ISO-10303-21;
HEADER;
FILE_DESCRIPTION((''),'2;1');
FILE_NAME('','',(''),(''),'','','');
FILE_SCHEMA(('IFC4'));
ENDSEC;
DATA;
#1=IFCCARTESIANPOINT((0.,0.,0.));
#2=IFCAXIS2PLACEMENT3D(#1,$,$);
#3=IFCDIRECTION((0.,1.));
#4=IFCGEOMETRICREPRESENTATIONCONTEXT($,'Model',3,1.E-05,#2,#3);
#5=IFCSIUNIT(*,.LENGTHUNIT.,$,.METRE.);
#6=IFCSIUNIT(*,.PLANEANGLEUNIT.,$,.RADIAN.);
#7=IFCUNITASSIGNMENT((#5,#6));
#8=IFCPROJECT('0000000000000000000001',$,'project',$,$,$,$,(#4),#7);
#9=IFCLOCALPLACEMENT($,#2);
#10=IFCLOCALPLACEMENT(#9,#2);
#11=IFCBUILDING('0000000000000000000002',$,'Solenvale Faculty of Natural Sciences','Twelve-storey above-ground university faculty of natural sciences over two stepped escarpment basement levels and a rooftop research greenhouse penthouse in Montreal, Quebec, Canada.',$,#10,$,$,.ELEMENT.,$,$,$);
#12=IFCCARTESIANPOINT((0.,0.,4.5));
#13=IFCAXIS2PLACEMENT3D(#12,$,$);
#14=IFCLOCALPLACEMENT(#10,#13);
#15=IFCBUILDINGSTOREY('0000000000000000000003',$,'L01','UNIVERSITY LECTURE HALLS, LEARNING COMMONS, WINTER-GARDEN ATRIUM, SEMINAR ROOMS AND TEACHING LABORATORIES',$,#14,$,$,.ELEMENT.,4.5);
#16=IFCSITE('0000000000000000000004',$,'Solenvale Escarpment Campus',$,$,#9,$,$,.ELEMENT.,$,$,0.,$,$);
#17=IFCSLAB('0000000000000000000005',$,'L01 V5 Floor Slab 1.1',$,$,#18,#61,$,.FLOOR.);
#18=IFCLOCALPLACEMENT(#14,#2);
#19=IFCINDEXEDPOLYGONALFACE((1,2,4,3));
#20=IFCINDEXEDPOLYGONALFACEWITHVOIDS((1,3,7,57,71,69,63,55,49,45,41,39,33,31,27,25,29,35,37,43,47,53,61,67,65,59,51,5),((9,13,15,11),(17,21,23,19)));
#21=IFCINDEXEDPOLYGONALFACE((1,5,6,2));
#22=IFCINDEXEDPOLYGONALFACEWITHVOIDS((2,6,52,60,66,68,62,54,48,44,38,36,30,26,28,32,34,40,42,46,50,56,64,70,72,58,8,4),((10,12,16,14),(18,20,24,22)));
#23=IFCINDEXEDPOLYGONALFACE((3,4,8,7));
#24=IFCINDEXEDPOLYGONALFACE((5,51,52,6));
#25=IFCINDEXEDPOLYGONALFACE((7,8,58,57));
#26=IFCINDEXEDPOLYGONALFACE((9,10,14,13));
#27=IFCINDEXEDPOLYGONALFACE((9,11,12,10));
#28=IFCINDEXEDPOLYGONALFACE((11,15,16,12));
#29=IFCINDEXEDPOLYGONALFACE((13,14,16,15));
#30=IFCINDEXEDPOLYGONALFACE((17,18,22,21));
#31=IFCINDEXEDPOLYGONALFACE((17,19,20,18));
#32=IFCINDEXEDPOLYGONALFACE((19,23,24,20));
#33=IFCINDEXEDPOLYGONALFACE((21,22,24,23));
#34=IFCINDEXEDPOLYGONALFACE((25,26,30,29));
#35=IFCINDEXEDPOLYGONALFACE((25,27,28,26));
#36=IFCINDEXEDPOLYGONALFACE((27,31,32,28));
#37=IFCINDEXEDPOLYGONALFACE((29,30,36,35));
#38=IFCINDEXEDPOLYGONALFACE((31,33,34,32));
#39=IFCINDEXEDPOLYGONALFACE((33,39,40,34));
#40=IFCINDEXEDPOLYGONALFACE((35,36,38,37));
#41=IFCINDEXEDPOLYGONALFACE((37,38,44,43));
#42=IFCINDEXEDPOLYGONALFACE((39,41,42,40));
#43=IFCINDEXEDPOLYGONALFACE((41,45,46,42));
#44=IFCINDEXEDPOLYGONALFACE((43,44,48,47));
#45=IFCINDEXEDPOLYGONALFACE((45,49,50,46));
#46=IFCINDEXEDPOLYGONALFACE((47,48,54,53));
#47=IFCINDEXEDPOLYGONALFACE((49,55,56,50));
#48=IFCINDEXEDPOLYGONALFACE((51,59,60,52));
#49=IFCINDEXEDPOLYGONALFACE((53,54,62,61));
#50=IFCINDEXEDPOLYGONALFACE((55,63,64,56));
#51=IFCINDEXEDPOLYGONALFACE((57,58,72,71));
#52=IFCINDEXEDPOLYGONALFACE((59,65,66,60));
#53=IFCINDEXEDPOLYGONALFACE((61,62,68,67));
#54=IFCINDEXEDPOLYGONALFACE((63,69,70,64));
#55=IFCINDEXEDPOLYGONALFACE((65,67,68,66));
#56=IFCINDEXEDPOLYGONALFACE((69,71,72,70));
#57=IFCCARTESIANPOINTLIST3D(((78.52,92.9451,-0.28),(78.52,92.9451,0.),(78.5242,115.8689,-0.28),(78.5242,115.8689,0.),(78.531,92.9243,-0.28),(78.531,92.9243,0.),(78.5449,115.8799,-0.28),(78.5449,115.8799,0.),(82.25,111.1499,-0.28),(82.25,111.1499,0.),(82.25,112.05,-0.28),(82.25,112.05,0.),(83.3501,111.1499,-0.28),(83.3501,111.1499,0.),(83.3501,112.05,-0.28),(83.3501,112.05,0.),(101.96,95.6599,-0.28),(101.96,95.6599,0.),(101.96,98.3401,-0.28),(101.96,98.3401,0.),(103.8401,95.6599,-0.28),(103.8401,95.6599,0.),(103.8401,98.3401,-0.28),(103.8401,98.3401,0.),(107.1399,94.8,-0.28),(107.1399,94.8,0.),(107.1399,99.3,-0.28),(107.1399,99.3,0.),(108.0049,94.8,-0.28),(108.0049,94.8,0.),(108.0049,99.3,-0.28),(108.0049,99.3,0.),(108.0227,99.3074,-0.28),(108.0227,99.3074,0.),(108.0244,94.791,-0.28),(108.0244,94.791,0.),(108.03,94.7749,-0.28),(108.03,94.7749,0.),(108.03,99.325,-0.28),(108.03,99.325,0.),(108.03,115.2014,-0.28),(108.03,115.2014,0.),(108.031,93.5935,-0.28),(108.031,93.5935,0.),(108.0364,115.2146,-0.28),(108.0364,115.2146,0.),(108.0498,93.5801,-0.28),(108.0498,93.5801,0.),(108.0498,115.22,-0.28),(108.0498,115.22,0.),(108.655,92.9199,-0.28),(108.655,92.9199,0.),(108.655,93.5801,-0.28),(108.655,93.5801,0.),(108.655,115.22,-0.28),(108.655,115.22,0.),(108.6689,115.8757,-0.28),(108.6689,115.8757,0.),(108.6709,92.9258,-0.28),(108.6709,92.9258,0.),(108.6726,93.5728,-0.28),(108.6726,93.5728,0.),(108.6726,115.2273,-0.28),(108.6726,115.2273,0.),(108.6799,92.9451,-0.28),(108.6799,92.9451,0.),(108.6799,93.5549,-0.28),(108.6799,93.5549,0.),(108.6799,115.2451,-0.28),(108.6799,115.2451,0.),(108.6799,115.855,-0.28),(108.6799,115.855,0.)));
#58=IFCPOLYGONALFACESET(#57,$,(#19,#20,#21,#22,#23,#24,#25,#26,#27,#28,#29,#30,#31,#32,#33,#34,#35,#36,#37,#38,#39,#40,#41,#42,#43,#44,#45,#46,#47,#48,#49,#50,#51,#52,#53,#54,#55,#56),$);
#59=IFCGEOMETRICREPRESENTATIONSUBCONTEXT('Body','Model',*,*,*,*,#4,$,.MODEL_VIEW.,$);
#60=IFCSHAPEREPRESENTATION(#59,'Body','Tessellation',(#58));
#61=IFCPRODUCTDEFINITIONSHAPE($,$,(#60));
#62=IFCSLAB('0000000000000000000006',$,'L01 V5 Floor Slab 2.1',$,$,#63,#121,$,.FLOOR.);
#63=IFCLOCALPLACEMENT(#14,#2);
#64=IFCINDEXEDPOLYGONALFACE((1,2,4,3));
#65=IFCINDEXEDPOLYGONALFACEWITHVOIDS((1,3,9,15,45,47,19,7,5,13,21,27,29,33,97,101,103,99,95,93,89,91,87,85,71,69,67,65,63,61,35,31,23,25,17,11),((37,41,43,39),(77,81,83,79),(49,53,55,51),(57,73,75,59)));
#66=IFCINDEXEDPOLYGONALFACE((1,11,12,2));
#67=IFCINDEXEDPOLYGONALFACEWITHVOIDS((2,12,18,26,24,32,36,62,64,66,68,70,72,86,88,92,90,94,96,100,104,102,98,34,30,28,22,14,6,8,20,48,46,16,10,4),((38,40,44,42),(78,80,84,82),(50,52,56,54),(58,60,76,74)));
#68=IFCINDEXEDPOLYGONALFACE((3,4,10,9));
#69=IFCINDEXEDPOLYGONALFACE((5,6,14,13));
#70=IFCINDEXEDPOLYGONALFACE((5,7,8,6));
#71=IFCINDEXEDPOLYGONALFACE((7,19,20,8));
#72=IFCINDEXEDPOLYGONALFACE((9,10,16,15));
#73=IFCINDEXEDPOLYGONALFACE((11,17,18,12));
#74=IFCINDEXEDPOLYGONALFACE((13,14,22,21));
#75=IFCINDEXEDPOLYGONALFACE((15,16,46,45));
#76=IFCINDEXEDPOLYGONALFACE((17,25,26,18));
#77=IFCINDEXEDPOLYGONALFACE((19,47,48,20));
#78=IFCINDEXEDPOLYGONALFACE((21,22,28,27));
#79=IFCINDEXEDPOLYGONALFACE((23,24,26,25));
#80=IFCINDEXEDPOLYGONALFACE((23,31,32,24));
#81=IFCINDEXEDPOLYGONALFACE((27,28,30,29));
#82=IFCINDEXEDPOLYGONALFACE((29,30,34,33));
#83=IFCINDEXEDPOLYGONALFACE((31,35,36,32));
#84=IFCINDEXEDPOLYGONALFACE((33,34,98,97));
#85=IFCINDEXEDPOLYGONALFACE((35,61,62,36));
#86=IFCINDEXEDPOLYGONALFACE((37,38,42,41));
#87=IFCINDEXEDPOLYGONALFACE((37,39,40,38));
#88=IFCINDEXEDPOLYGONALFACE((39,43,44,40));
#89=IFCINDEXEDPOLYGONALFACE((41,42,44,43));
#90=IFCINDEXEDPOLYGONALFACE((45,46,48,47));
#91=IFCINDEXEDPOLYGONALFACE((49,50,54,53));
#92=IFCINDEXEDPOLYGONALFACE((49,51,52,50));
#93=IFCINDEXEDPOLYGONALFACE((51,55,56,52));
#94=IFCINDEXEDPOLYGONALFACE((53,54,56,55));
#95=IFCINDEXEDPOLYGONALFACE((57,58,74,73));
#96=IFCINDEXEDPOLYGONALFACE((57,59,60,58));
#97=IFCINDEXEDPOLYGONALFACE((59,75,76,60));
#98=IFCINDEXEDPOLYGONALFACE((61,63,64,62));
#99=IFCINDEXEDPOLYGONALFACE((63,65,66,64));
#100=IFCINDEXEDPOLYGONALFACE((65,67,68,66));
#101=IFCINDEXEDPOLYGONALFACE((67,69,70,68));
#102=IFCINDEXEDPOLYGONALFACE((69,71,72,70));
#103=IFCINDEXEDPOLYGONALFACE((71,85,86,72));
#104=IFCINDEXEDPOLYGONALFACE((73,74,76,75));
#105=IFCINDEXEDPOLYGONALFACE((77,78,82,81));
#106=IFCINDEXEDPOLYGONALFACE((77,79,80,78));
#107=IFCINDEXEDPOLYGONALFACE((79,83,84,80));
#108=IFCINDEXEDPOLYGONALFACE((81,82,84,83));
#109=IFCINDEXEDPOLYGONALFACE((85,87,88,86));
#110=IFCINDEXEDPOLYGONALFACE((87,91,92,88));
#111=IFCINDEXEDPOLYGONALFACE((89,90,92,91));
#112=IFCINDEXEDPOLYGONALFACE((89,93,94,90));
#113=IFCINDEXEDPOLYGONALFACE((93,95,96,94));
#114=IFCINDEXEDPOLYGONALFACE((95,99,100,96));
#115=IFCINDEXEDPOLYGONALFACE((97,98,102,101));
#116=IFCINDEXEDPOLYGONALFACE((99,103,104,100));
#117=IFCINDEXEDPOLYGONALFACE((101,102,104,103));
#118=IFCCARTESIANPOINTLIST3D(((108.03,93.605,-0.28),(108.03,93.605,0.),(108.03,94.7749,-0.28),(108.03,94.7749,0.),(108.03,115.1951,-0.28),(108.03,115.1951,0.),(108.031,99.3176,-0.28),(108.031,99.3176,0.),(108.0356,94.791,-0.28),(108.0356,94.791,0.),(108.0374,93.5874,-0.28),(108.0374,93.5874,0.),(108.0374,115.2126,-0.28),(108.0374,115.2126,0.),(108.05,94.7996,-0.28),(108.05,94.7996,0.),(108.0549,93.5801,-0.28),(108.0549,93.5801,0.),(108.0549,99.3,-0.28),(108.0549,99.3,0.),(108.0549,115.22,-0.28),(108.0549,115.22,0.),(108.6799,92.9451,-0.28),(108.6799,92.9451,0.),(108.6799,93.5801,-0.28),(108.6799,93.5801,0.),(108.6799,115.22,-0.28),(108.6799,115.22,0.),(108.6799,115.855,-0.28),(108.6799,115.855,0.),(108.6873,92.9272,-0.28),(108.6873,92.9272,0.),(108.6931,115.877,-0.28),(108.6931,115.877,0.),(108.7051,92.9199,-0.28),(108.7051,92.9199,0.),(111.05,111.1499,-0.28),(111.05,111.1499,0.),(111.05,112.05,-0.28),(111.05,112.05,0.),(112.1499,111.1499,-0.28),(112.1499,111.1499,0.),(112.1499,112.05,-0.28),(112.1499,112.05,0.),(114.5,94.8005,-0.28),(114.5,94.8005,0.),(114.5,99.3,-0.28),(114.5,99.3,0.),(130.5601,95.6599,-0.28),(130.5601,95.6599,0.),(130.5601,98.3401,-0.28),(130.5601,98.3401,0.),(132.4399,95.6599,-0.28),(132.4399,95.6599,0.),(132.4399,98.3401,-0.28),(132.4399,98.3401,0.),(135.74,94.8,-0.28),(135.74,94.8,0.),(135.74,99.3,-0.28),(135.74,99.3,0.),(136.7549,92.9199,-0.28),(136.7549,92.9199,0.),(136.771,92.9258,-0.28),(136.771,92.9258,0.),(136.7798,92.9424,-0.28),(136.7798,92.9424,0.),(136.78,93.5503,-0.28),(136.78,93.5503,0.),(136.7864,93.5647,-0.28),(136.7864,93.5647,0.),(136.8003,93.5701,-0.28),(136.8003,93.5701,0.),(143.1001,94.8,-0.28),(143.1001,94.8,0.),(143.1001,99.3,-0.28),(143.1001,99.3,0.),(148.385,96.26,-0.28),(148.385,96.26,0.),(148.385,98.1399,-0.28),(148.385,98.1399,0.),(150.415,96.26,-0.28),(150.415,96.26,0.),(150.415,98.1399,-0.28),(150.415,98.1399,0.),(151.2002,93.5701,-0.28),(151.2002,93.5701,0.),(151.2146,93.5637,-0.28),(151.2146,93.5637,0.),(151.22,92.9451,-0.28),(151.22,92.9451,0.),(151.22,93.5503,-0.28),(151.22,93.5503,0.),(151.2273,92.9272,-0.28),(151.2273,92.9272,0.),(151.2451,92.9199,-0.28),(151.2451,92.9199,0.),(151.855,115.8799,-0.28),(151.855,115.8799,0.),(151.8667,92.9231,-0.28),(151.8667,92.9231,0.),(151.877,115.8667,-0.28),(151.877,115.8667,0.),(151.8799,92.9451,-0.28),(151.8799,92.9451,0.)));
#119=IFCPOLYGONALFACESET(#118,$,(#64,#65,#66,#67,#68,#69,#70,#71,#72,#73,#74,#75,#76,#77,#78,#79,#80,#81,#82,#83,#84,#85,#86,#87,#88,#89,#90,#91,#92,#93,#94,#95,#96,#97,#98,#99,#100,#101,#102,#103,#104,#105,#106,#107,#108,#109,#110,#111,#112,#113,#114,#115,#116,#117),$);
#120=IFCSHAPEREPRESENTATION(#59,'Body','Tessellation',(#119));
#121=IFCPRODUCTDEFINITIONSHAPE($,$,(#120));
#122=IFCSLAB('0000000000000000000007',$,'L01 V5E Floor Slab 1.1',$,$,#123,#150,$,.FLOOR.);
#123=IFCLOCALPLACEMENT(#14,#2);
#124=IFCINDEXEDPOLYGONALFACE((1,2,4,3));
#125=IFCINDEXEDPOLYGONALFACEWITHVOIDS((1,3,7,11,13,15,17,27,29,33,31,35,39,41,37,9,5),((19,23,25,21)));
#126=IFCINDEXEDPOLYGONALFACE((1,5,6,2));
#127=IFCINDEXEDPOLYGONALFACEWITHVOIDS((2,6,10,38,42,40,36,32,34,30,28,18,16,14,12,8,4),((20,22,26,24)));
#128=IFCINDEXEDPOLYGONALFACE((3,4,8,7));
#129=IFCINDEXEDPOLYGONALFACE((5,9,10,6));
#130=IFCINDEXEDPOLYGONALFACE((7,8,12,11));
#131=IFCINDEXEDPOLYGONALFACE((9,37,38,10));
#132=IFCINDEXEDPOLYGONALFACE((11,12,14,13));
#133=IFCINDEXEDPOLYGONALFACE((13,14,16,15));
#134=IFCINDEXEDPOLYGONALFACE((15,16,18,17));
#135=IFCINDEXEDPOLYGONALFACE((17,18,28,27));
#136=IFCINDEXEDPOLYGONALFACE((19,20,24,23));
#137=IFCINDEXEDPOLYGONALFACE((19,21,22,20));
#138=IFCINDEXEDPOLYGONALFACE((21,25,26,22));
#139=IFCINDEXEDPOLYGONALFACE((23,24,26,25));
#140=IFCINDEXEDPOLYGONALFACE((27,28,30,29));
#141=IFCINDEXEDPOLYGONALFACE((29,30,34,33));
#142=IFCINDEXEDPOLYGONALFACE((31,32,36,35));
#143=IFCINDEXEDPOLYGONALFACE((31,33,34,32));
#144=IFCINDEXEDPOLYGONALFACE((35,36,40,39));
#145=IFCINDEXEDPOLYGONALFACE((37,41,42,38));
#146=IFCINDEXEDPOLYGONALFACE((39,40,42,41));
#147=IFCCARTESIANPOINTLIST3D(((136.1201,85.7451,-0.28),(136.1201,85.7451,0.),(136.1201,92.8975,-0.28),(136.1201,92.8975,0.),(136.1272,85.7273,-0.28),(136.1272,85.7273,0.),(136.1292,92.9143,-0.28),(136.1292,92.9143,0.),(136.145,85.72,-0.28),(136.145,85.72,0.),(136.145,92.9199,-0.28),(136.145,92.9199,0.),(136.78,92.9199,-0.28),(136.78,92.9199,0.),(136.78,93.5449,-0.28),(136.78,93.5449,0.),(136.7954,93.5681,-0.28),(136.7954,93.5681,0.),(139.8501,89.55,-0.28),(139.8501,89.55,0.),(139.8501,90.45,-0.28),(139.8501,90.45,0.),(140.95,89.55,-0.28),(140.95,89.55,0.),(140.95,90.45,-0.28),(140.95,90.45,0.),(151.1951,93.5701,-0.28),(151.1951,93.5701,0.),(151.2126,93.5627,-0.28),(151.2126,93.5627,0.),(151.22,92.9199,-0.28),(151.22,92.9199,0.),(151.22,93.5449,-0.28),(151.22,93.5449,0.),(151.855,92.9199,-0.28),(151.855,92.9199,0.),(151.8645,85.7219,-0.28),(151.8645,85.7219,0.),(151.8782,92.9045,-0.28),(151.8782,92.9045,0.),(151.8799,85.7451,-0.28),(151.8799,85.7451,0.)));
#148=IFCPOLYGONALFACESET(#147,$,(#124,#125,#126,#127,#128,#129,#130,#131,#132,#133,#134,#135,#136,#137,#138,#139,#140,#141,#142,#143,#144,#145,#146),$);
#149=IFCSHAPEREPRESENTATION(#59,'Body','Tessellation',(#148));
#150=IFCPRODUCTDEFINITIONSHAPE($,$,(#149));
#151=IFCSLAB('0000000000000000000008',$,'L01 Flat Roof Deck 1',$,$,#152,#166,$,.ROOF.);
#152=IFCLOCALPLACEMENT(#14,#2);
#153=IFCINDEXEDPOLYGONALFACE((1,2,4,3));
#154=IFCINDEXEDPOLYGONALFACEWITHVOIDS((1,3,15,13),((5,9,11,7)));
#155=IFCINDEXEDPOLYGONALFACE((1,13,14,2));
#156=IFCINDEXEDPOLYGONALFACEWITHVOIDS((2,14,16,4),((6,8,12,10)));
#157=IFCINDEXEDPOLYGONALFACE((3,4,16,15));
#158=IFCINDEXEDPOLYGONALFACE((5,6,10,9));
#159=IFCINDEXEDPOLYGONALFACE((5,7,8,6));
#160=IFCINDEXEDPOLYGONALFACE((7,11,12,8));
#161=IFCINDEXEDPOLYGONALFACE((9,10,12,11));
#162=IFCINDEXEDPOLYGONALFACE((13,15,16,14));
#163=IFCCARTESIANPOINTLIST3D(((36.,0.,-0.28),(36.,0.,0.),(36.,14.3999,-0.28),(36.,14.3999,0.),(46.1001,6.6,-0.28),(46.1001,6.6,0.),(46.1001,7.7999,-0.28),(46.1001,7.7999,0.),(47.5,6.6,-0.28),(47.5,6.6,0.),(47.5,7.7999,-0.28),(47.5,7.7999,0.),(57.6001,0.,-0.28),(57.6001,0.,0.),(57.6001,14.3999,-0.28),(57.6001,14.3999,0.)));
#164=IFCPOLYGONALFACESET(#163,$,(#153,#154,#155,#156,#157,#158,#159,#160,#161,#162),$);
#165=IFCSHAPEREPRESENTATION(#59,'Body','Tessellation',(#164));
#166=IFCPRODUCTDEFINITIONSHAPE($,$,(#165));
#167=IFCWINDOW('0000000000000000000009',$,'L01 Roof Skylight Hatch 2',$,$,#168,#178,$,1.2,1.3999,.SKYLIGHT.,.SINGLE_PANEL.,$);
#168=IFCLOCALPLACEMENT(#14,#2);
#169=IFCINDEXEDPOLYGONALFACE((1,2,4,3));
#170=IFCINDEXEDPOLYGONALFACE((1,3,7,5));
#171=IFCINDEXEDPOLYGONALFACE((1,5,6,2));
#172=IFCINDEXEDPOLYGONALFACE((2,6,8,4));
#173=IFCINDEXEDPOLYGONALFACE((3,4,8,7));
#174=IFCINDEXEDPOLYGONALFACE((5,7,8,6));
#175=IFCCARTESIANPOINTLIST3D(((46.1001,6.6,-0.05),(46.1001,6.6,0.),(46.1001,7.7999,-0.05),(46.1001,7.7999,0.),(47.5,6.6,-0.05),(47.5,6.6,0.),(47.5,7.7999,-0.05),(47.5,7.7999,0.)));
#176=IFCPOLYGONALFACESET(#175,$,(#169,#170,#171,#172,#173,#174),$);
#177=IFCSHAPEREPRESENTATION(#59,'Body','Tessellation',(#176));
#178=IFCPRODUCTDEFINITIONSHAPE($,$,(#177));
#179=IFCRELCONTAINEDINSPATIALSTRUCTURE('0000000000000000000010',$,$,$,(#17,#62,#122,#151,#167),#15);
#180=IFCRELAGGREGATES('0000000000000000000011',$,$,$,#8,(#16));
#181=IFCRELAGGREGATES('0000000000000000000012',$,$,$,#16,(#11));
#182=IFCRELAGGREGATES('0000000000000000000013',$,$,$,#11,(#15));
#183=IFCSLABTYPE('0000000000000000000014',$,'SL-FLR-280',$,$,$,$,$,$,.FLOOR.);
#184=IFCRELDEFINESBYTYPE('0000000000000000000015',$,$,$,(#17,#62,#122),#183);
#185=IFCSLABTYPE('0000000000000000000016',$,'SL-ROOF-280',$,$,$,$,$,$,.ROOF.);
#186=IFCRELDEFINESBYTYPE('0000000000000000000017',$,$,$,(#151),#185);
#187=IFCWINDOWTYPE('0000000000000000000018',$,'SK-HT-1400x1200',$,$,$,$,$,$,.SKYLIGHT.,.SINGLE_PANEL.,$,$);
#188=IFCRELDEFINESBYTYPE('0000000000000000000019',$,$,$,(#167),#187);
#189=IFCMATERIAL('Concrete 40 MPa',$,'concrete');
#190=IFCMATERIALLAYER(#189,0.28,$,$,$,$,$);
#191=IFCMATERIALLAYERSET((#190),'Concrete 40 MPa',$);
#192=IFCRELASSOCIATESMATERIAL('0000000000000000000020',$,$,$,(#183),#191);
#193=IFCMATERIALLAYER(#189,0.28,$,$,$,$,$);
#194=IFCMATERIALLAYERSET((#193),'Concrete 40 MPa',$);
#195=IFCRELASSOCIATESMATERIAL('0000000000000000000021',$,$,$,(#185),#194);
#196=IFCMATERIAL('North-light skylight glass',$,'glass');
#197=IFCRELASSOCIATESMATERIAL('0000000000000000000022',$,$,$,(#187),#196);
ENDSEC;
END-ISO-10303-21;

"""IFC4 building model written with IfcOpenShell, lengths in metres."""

from ifc_helpers import new_model, si_unit, direction, frame, origin, origin_2d, place, context, subcontext, project, spatial, polyline, rectangle, outline, extrude, material, layer, layer_set, type_object, element, fill, save


model = new_model("IFC4")

# Units and contexts
model_context = context("Model", 3, precision=1e-05, world=origin(), true_north=direction((0.0, 1.0)))
body_context = subcontext(model_context, "Body", "Model", "MODEL_VIEW")
ifc_project = project(units=[si_unit("LENGTHUNIT", "METRE"), si_unit("PLANEANGLEUNIT", "RADIAN")], contexts=[model_context])

# Site, building, storey
site_placement = place(None, origin())
site = spatial("IfcSite", under=ifc_project, at=site_placement, Name="Solenvale Escarpment Campus", CompositionType="ELEMENT", RefElevation=0.0)
building_placement = place(site_placement, origin())
building = spatial("IfcBuilding", under=site, at=building_placement, Name="Solenvale Faculty of Natural Sciences", Description="Twelve-storey above-ground university faculty of natural sciences over two stepped escarpment basement levels and a rooftop research greenhouse penthouse in Montreal, Quebec, Canada.", CompositionType="ELEMENT")
storey_placement = place(building_placement, frame((0.0, 0.0, 4.5)))
storey = spatial("IfcBuildingStorey", under=building, at=storey_placement, Name="L01", Description="UNIVERSITY LECTURE HALLS, LEARNING COMMONS, WINTER-GARDEN ATRIUM, SEMINAR ROOMS AND TEACHING LABORATORIES", CompositionType="ELEMENT", Elevation=4.5)

# Slabs
ifc_material_1 = material(Name="Concrete 40 MPa", Category="concrete")
ifc_layer_1 = layer(ifc_material_1, 0.28)
ifc_layer_set_1 = layer_set([ifc_layer_1], Name="Concrete 40 MPa")
slab_type_1 = type_object("IfcSlabType", Name="SL-FLR-280", PredefinedType="FLOOR", material=ifc_layer_set_1)
slab_1_placement = place(storey_placement, frame((0.0, 0.0, -0.28)))
element("IfcSlab", 1, at=slab_1_placement, inside=storey, type_object=slab_type_1, Name="L01 V5 Floor Slab 1.1", PredefinedType="FLOOR", context=body_context, shape_type="SweptSolid", body=[
    extrude(outline(polyline([(107.1399, 94.8), (108.0049, 94.8), (108.0244, 94.791), (108.03, 94.7749), (108.031, 93.5935), (108.0498, 93.5801), (108.655, 93.5801), (108.6726, 93.5728), (108.6799, 93.5549), (108.6799, 92.9451), (108.6709, 92.9258), (108.655, 92.9199), (78.531, 92.9243), (78.52, 92.9451), (78.5242, 115.8689), (78.5449, 115.8799), (108.6689, 115.8757), (108.6799, 115.855), (108.6799, 115.2451), (108.6726, 115.2273), (108.655, 115.22), (108.0498, 115.22), (108.0364, 115.2146), (108.03, 115.2014), (108.03, 99.325), (108.0227, 99.3074), (108.0049, 99.3), (107.1399, 99.3), (107.1399, 94.8)]), holes=[polyline([(101.96, 95.6599), (103.8401, 95.6599), (103.8401, 98.3401), (101.96, 98.3401), (101.96, 95.6599)]), polyline([(82.25, 111.1499), (83.3501, 111.1499), (83.3501, 112.05), (82.25, 112.05), (82.25, 111.1499)])]), origin(), (0.0, 0.0, 1.0), 0.28),
])
slab_2_placement = place(storey_placement, frame((0.0, 0.0, -0.28)))
element("IfcSlab", 2, at=slab_2_placement, inside=storey, type_object=slab_type_1, Name="L01 V5 Floor Slab 2.1", PredefinedType="FLOOR", context=body_context, shape_type="SweptSolid", body=[
    extrude(outline(polyline([(108.0549, 93.5801), (108.0374, 93.5874), (108.03, 93.605), (108.03, 94.7749), (108.0356, 94.791), (108.05, 94.7996), (114.5, 94.8005), (114.5, 99.3), (108.0549, 99.3), (108.031, 99.3176), (108.03, 115.1951), (108.0374, 115.2126), (108.0549, 115.22), (108.6799, 115.22), (108.6799, 115.855), (108.6931, 115.877), (151.855, 115.8799), (151.877, 115.8667), (151.8799, 92.9451), (151.8667, 92.9231), (151.2451, 92.9199), (151.2273, 92.9272), (151.22, 92.9451), (151.22, 93.5503), (151.2146, 93.5637), (151.2002, 93.5701), (136.8003, 93.5701), (136.7864, 93.5647), (136.78, 93.5503), (136.7798, 92.9424), (136.771, 92.9258), (136.7549, 92.9199), (108.7051, 92.9199), (108.6873, 92.9272), (108.6799, 92.9451), (108.6799, 93.5801), (108.0549, 93.5801)]), holes=[polyline([(148.385, 96.26), (150.415, 96.26), (150.415, 98.1399), (148.385, 98.1399), (148.385, 96.26)]), polyline([(135.74, 94.8), (143.1001, 94.8), (143.1001, 99.3), (135.74, 99.3), (135.74, 94.8)]), polyline([(130.5601, 95.6599), (132.4399, 95.6599), (132.4399, 98.3401), (130.5601, 98.3401), (130.5601, 95.6599)]), polyline([(111.05, 111.1499), (112.1499, 111.1499), (112.1499, 112.05), (111.05, 112.05), (111.05, 111.1499)])]), origin(), (0.0, 0.0, 1.0), 0.28),
])
slab_3_placement = place(storey_placement, frame((0.0, 0.0, -0.28)))
element("IfcSlab", 3, at=slab_3_placement, inside=storey, type_object=slab_type_1, Name="L01 V5E Floor Slab 1.1", PredefinedType="FLOOR", context=body_context, shape_type="SweptSolid", body=[
    extrude(outline(polyline([(136.145, 85.72), (136.1272, 85.7273), (136.1201, 85.7451), (136.1201, 92.8975), (136.1292, 92.9143), (136.145, 92.9199), (136.78, 92.9199), (136.78, 93.5449), (136.7954, 93.5681), (151.1951, 93.5701), (151.2126, 93.5627), (151.22, 93.5449), (151.22, 92.9199), (151.855, 92.9199), (151.8782, 92.9045), (151.8799, 85.7451), (151.8645, 85.7219), (136.145, 85.72)]), holes=[polyline([(139.8501, 89.55), (140.95, 89.55), (140.95, 90.45), (139.8501, 90.45), (139.8501, 89.55)])]), origin(), (0.0, 0.0, 1.0), 0.28),
])

# Slab, opening, window
ifc_layer_2 = layer(ifc_material_1, 0.28)
ifc_layer_set_2 = layer_set([ifc_layer_2], Name="Concrete 40 MPa")
slab_type_2 = type_object("IfcSlabType", Name="SL-ROOF-280", PredefinedType="ROOF", material=ifc_layer_set_2)
slab_4_placement = place(storey_placement, frame((0.0, 0.0, -0.28)))
slab_4 = element("IfcSlab", 4, at=slab_4_placement, inside=storey, type_object=slab_type_2, Name="L01 Flat Roof Deck 1", PredefinedType="ROOF", context=body_context, shape_type="SweptSolid", body=[
    extrude(outline(polyline([(36.0, 0.0), (36.0, 14.3999), (57.6001, 14.3999), (57.6001, 0.0), (36.0, 0.0)])), origin(), (0.0, 0.0, 1.0), 0.28),
])
opening_placement = place(slab_4_placement, frame((46.8, 7.2, -0.01)))
opening = element("IfcOpeningElement", 5, at=opening_placement, cuts=slab_4, PredefinedType="OPENING", context=body_context, shape_type="SweptSolid", body=[
    extrude(rectangle(XDim=1.3999, YDim=1.2, at=origin_2d()), origin(), (0.0, 0.0, 1.0), 0.3),
])
ifc_material_2 = material(Name="North-light skylight glass", Category="glass")
window_type = type_object("IfcWindowType", Name="SK-HT-1400x1200", PartitioningType="SINGLE_PANEL", PredefinedType="SKYLIGHT", material=ifc_material_2)
window_placement = place(slab_4_placement, frame((46.8, 7.2, 0.23)))
window = element("IfcWindow", 6, at=window_placement, inside=storey, type_object=window_type, Name="L01 Roof Skylight Hatch 2", OverallHeight=1.2, OverallWidth=1.3999, PartitioningType="SINGLE_PANEL", PredefinedType="SKYLIGHT", context=body_context, shape_type="SweptSolid", body=[
    extrude(rectangle(XDim=1.3999, YDim=1.2, at=origin_2d()), origin(), (0.0, 0.0, 1.0), 0.05),
])
fill(opening, window)

save(model, "model.ifc")
